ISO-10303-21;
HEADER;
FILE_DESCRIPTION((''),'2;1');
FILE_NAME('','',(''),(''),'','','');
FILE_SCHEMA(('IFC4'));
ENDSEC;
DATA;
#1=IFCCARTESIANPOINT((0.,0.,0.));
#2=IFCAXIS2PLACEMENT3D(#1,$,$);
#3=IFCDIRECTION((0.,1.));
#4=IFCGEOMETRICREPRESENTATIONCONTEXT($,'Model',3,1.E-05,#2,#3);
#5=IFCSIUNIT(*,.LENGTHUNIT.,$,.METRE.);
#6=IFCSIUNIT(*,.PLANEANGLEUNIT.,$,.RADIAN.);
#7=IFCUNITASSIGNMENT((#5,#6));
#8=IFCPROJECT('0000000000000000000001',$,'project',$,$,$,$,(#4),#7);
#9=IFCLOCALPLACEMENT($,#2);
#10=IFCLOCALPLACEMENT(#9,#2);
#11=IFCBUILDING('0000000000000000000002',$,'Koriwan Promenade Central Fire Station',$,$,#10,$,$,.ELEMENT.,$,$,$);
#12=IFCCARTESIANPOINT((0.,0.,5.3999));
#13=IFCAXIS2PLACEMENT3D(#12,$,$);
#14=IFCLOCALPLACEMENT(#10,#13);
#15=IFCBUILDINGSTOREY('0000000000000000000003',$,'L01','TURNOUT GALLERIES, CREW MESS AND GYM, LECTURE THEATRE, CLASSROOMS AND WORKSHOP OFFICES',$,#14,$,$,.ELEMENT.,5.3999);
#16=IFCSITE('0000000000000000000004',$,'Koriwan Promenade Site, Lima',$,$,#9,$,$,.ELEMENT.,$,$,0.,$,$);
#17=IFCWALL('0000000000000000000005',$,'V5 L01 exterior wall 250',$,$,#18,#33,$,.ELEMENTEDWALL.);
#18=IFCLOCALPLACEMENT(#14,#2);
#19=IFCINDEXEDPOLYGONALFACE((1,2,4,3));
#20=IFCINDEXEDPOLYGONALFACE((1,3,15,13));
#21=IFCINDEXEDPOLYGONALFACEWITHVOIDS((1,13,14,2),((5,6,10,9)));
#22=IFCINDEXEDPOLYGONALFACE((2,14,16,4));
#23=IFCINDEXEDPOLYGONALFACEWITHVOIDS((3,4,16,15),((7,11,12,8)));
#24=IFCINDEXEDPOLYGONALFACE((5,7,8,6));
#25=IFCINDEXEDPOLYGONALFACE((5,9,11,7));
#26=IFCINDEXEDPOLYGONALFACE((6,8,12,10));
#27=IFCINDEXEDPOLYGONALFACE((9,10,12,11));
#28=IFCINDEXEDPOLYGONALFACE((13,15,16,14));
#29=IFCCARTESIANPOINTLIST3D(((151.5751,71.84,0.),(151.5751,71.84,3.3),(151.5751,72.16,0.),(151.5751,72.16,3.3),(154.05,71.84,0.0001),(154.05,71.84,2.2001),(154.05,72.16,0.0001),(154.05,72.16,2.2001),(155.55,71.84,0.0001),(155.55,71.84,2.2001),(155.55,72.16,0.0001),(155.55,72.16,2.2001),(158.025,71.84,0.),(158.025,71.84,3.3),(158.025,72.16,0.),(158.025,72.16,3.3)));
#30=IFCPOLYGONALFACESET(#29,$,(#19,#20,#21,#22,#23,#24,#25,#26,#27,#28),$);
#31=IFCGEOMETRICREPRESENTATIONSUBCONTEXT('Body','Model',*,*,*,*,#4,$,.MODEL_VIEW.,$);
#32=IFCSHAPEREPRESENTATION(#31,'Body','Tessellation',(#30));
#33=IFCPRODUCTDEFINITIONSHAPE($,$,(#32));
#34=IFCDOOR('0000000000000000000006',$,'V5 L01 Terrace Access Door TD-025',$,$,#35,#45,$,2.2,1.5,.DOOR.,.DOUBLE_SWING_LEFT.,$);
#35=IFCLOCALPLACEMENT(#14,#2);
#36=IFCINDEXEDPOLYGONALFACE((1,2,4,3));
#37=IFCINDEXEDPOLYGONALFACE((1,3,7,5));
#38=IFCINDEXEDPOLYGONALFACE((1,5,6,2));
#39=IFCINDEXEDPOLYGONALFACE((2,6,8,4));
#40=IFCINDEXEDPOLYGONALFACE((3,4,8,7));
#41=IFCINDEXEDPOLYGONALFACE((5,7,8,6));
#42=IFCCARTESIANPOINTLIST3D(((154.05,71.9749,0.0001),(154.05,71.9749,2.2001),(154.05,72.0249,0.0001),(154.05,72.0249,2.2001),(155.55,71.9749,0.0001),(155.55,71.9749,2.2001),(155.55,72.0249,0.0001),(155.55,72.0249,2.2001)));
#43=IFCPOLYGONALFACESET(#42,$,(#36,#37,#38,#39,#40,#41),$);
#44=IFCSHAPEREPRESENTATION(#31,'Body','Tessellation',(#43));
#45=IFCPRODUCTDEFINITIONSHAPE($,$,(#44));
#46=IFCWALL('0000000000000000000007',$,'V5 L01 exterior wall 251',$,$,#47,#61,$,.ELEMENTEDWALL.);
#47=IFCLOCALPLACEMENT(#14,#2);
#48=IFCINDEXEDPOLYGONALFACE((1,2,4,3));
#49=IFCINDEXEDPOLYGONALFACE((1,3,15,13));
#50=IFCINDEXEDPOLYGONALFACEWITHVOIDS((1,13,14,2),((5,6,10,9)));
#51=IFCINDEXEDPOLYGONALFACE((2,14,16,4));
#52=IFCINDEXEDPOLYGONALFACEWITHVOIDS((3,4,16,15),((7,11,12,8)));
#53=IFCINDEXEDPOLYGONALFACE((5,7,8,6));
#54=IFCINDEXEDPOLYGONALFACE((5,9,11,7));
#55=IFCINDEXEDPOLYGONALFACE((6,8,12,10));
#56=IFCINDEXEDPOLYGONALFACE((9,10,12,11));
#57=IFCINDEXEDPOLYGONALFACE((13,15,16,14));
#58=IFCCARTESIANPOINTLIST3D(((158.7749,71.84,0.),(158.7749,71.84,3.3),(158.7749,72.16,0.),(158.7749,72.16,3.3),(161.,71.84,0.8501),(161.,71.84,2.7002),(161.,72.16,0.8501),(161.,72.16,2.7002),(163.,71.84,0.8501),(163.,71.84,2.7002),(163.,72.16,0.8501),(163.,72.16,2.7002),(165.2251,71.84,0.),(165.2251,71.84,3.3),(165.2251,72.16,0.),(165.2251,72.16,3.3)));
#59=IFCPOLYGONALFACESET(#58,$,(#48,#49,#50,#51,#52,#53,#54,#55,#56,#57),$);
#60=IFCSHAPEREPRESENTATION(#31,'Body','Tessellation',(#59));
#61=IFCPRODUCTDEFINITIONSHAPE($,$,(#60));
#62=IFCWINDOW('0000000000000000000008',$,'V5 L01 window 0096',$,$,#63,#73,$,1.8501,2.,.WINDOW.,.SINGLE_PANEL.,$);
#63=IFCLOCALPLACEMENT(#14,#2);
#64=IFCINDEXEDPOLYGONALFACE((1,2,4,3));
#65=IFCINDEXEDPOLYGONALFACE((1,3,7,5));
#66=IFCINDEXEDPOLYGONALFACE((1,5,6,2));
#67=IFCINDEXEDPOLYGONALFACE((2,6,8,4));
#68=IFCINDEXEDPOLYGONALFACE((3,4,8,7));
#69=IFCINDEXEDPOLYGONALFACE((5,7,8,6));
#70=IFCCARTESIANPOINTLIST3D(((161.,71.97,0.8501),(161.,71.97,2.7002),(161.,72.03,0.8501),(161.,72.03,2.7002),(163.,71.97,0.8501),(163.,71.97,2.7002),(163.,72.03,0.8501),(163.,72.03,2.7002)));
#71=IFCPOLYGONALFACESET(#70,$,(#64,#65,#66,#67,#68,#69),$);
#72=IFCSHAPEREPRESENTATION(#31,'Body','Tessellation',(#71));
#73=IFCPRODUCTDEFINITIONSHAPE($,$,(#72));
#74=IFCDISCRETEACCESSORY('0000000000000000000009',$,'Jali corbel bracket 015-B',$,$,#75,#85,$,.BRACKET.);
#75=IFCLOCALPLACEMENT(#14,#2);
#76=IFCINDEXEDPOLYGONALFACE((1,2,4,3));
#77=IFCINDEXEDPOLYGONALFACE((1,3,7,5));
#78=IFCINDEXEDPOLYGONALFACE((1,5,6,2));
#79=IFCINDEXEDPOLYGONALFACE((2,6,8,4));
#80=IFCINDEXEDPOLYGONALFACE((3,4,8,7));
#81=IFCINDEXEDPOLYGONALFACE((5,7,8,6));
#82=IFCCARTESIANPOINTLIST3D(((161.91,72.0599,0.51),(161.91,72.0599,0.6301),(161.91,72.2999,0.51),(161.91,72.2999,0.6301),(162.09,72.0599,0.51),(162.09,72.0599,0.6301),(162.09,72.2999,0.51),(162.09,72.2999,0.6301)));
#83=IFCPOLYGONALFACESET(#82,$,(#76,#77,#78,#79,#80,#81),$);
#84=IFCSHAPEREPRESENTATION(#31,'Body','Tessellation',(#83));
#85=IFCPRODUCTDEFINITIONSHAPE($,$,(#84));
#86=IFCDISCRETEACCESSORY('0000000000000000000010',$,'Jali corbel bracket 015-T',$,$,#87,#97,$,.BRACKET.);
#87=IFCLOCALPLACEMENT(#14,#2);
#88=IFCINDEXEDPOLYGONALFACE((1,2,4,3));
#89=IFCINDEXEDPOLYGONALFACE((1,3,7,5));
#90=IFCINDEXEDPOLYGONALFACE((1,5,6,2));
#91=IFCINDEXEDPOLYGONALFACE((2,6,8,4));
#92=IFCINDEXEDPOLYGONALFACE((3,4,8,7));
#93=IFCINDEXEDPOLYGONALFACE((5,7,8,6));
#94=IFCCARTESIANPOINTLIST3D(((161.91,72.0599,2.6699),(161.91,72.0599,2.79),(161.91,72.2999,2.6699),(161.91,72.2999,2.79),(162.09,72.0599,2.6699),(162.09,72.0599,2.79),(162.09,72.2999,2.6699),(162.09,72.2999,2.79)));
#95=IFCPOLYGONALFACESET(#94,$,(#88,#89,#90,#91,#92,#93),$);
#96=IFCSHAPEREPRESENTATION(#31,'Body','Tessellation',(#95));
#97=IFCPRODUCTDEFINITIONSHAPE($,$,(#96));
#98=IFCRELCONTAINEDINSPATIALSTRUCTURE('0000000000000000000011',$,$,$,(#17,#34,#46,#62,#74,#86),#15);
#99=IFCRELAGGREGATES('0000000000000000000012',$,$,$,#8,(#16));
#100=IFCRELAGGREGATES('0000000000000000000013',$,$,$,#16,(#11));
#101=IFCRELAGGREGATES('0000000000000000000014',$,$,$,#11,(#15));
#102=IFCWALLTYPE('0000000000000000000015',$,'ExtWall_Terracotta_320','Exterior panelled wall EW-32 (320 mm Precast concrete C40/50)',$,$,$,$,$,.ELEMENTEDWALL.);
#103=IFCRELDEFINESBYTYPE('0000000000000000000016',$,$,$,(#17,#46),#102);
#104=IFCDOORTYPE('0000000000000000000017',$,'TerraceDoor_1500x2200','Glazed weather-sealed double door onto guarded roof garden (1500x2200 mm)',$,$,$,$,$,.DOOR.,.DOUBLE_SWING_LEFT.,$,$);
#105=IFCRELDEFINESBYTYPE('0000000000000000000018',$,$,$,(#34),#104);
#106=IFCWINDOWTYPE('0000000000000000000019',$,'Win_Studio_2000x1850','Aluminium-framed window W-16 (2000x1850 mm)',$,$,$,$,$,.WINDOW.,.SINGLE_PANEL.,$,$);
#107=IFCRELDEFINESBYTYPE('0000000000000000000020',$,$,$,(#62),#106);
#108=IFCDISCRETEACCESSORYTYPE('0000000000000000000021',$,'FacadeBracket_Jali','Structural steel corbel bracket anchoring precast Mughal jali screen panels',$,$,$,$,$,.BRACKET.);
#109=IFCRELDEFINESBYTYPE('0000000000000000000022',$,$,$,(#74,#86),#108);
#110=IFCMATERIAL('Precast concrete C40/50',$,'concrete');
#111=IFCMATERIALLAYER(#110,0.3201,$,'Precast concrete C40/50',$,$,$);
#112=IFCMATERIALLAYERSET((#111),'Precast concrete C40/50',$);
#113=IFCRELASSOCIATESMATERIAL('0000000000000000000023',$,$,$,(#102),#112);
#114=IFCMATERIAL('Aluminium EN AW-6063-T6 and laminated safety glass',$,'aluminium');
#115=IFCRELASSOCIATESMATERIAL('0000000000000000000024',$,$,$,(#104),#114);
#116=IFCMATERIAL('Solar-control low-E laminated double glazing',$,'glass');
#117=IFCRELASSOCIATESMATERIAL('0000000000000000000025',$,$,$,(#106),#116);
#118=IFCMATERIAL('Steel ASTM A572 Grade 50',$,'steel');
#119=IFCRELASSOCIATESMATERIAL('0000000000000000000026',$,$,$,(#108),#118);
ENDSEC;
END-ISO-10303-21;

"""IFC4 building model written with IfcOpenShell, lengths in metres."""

from ifc_helpers import new_model, si_unit, direction, frame, frame_2d, origin, origin_2d, place, context, subcontext, project, spatial, rectangle, extrude, material, layer, layer_set, type_object, element, fill, save


model = new_model("IFC4")

# Units and contexts
model_context = context("Model", 3, precision=1e-05, world=origin(), true_north=direction((0.0, 1.0)))
body_context = subcontext(model_context, "Body", "Model", "MODEL_VIEW")
ifc_project = project(units=[si_unit("LENGTHUNIT", "METRE"), si_unit("PLANEANGLEUNIT", "RADIAN")], contexts=[model_context])

# Site, building, storey
site_placement = place(None, origin())
site = spatial("IfcSite", under=ifc_project, at=site_placement, Name="Koriwan Promenade Site, Lima", CompositionType="ELEMENT", RefElevation=0.0)
building_placement = place(site_placement, origin())
building = spatial("IfcBuilding", under=site, at=building_placement, Name="Koriwan Promenade Central Fire Station", CompositionType="ELEMENT")
storey_placement = place(building_placement, frame((0.0, 0.0, 5.3999)))
storey = spatial("IfcBuildingStorey", under=building, at=storey_placement, Name="L01", Description="TURNOUT GALLERIES, CREW MESS AND GYM, LECTURE THEATRE, CLASSROOMS AND WORKSHOP OFFICES", CompositionType="ELEMENT", Elevation=5.3999)

# Shared definitions
ifc_material_1 = material(Name="Precast concrete C40/50", Category="concrete")

# Wall, opening, door
ifc_layer_1 = layer(ifc_material_1, 0.3201, Name="Precast concrete C40/50")
ifc_layer_set_1 = layer_set([ifc_layer_1], Name="Precast concrete C40/50")
wall_type_1 = type_object("IfcWallType", Name="ExtWall_Terracotta_320", Description="Exterior panelled wall EW-32 (320 mm Precast concrete C40/50)", PredefinedType="ELEMENTEDWALL", material=ifc_layer_set_1)
wall_1_placement = place(storey_placement, frame((151.575, 72.0, 0.0), z_axis=(0.0, 0.0, 1.0), x_axis=(1.0, 0.0, 0.0)))
wall_1 = element("IfcWall", 1, at=wall_1_placement, inside=storey, type_object=wall_type_1, Name="V5 L01 exterior wall 250", PredefinedType="ELEMENTEDWALL", context=body_context, shape_type="SweptSolid", body=[
    extrude(rectangle(XDim=6.45, YDim=0.3201, at=frame_2d((3.2251, 0.0))), origin(), (0.0, 0.0, 1.0), 3.3),
])
opening_1_placement = place(wall_1_placement, frame((2.4751, 0.0, 0.0)))
opening_1 = element("IfcOpeningElement", 2, at=opening_1_placement, cuts=wall_1, PredefinedType="OPENING", context=body_context, shape_type="SweptSolid", body=[
    extrude(rectangle(XDim=1.5, YDim=2.2, at=frame_2d((0.75, 1.1001))), frame((0.0, 0.1719, 0.0), z_axis=(0.0, -1.0, 0.0), x_axis=(1.0, 0.0, 0.0)), (0.0, 0.0, 1.0), 0.344),
])
ifc_material_2 = material(Name="Aluminium EN AW-6063-T6 and laminated safety glass", Category="aluminium")
door_type = type_object("IfcDoorType", Name="TerraceDoor_1500x2200", Description="Glazed weather-sealed double door onto guarded roof garden (1500x2200 mm)", OperationType="DOUBLE_SWING_LEFT", PredefinedType="DOOR", material=ifc_material_2)
door_placement = place(opening_1_placement, origin())
door = element("IfcDoor", 3, at=door_placement, inside=storey, type_object=door_type, Name="V5 L01 Terrace Access Door TD-025", OperationType="DOUBLE_SWING_LEFT", OverallHeight=2.2, OverallWidth=1.5, PredefinedType="DOOR", context=body_context, shape_type="SweptSolid", body=[
    extrude(rectangle(XDim=1.5, YDim=2.2, at=frame_2d((0.75, 1.1001))), frame((0.0, 0.0249, 0.0), z_axis=(0.0, -1.0, 0.0), x_axis=(1.0, 0.0, 0.0)), (0.0, 0.0, 1.0), 0.05),
])
fill(opening_1, door)

# Wall, opening, window
wall_2_placement = place(storey_placement, frame((158.7749, 72.0, 0.0), z_axis=(0.0, 0.0, 1.0), x_axis=(1.0, 0.0, 0.0)))
wall_2 = element("IfcWall", 4, at=wall_2_placement, inside=storey, type_object=wall_type_1, Name="V5 L01 exterior wall 251", PredefinedType="ELEMENTEDWALL", context=body_context, shape_type="SweptSolid", body=[
    extrude(rectangle(XDim=6.4502, YDim=0.3201, at=frame_2d((3.2251, 0.0))), origin(), (0.0, 0.0, 1.0), 3.3),
])
opening_2_placement = place(wall_2_placement, frame((2.2251, 0.0, 0.8501)))
opening_2 = element("IfcOpeningElement", 5, at=opening_2_placement, cuts=wall_2, PredefinedType="OPENING", context=body_context, shape_type="SweptSolid", body=[
    extrude(rectangle(XDim=2.0, YDim=1.8501, at=frame_2d((1.0, 0.925))), frame((0.0, 0.1719, 0.0), z_axis=(0.0, -1.0, 0.0), x_axis=(1.0, 0.0, 0.0)), (0.0, 0.0, 1.0), 0.344),
])
ifc_material_3 = material(Name="Solar-control low-E laminated double glazing", Category="glass")
window_type = type_object("IfcWindowType", Name="Win_Studio_2000x1850", Description="Aluminium-framed window W-16 (2000x1850 mm)", PartitioningType="SINGLE_PANEL", PredefinedType="WINDOW", material=ifc_material_3)
window_placement = place(opening_2_placement, origin())
window = element("IfcWindow", 6, at=window_placement, inside=storey, type_object=window_type, Name="V5 L01 window 0096", OverallHeight=1.8501, OverallWidth=2.0, PartitioningType="SINGLE_PANEL", PredefinedType="WINDOW", context=body_context, shape_type="SweptSolid", body=[
    extrude(rectangle(XDim=2.0, YDim=1.8501, at=frame_2d((1.0, 0.925))), frame((0.0, 0.03, 0.0), z_axis=(0.0, -1.0, 0.0), x_axis=(1.0, 0.0, 0.0)), (0.0, 0.0, 1.0), 0.0601),
])
fill(opening_2, window)

# Discrete accessories
ifc_material_4 = material(Name="Steel ASTM A572 Grade 50", Category="steel")
discrete_accessory_type = type_object("IfcDiscreteAccessoryType", Name="FacadeBracket_Jali", Description="Structural steel corbel bracket anchoring precast Mughal jali screen panels", PredefinedType="BRACKET", material=ifc_material_4)
for number, where, z_axis, x_axis, name in (
    (7, (162.0, 72.1799, 0.51), (0.0, 0.0, 1.0), (0.0, 1.0, 0.0), "Jali corbel bracket 015-B"),
    (8, (162.0, 72.1799, 2.6699), (0.0, 0.0, 1.0), (0.0, 1.0, 0.0), "Jali corbel bracket 015-T"),
):
    element("IfcDiscreteAccessory", number, at=place(storey_placement, frame(where, z_axis=z_axis, x_axis=x_axis)), inside=storey, type_object=discrete_accessory_type, Name=name, PredefinedType="BRACKET", context=body_context, shape_type="SweptSolid", body=[
        extrude(rectangle(XDim=0.24, YDim=0.1799, at=origin_2d()), origin(), (0.0, 0.0, 1.0), 0.1201),
    ])

save(model, "model.ifc")
